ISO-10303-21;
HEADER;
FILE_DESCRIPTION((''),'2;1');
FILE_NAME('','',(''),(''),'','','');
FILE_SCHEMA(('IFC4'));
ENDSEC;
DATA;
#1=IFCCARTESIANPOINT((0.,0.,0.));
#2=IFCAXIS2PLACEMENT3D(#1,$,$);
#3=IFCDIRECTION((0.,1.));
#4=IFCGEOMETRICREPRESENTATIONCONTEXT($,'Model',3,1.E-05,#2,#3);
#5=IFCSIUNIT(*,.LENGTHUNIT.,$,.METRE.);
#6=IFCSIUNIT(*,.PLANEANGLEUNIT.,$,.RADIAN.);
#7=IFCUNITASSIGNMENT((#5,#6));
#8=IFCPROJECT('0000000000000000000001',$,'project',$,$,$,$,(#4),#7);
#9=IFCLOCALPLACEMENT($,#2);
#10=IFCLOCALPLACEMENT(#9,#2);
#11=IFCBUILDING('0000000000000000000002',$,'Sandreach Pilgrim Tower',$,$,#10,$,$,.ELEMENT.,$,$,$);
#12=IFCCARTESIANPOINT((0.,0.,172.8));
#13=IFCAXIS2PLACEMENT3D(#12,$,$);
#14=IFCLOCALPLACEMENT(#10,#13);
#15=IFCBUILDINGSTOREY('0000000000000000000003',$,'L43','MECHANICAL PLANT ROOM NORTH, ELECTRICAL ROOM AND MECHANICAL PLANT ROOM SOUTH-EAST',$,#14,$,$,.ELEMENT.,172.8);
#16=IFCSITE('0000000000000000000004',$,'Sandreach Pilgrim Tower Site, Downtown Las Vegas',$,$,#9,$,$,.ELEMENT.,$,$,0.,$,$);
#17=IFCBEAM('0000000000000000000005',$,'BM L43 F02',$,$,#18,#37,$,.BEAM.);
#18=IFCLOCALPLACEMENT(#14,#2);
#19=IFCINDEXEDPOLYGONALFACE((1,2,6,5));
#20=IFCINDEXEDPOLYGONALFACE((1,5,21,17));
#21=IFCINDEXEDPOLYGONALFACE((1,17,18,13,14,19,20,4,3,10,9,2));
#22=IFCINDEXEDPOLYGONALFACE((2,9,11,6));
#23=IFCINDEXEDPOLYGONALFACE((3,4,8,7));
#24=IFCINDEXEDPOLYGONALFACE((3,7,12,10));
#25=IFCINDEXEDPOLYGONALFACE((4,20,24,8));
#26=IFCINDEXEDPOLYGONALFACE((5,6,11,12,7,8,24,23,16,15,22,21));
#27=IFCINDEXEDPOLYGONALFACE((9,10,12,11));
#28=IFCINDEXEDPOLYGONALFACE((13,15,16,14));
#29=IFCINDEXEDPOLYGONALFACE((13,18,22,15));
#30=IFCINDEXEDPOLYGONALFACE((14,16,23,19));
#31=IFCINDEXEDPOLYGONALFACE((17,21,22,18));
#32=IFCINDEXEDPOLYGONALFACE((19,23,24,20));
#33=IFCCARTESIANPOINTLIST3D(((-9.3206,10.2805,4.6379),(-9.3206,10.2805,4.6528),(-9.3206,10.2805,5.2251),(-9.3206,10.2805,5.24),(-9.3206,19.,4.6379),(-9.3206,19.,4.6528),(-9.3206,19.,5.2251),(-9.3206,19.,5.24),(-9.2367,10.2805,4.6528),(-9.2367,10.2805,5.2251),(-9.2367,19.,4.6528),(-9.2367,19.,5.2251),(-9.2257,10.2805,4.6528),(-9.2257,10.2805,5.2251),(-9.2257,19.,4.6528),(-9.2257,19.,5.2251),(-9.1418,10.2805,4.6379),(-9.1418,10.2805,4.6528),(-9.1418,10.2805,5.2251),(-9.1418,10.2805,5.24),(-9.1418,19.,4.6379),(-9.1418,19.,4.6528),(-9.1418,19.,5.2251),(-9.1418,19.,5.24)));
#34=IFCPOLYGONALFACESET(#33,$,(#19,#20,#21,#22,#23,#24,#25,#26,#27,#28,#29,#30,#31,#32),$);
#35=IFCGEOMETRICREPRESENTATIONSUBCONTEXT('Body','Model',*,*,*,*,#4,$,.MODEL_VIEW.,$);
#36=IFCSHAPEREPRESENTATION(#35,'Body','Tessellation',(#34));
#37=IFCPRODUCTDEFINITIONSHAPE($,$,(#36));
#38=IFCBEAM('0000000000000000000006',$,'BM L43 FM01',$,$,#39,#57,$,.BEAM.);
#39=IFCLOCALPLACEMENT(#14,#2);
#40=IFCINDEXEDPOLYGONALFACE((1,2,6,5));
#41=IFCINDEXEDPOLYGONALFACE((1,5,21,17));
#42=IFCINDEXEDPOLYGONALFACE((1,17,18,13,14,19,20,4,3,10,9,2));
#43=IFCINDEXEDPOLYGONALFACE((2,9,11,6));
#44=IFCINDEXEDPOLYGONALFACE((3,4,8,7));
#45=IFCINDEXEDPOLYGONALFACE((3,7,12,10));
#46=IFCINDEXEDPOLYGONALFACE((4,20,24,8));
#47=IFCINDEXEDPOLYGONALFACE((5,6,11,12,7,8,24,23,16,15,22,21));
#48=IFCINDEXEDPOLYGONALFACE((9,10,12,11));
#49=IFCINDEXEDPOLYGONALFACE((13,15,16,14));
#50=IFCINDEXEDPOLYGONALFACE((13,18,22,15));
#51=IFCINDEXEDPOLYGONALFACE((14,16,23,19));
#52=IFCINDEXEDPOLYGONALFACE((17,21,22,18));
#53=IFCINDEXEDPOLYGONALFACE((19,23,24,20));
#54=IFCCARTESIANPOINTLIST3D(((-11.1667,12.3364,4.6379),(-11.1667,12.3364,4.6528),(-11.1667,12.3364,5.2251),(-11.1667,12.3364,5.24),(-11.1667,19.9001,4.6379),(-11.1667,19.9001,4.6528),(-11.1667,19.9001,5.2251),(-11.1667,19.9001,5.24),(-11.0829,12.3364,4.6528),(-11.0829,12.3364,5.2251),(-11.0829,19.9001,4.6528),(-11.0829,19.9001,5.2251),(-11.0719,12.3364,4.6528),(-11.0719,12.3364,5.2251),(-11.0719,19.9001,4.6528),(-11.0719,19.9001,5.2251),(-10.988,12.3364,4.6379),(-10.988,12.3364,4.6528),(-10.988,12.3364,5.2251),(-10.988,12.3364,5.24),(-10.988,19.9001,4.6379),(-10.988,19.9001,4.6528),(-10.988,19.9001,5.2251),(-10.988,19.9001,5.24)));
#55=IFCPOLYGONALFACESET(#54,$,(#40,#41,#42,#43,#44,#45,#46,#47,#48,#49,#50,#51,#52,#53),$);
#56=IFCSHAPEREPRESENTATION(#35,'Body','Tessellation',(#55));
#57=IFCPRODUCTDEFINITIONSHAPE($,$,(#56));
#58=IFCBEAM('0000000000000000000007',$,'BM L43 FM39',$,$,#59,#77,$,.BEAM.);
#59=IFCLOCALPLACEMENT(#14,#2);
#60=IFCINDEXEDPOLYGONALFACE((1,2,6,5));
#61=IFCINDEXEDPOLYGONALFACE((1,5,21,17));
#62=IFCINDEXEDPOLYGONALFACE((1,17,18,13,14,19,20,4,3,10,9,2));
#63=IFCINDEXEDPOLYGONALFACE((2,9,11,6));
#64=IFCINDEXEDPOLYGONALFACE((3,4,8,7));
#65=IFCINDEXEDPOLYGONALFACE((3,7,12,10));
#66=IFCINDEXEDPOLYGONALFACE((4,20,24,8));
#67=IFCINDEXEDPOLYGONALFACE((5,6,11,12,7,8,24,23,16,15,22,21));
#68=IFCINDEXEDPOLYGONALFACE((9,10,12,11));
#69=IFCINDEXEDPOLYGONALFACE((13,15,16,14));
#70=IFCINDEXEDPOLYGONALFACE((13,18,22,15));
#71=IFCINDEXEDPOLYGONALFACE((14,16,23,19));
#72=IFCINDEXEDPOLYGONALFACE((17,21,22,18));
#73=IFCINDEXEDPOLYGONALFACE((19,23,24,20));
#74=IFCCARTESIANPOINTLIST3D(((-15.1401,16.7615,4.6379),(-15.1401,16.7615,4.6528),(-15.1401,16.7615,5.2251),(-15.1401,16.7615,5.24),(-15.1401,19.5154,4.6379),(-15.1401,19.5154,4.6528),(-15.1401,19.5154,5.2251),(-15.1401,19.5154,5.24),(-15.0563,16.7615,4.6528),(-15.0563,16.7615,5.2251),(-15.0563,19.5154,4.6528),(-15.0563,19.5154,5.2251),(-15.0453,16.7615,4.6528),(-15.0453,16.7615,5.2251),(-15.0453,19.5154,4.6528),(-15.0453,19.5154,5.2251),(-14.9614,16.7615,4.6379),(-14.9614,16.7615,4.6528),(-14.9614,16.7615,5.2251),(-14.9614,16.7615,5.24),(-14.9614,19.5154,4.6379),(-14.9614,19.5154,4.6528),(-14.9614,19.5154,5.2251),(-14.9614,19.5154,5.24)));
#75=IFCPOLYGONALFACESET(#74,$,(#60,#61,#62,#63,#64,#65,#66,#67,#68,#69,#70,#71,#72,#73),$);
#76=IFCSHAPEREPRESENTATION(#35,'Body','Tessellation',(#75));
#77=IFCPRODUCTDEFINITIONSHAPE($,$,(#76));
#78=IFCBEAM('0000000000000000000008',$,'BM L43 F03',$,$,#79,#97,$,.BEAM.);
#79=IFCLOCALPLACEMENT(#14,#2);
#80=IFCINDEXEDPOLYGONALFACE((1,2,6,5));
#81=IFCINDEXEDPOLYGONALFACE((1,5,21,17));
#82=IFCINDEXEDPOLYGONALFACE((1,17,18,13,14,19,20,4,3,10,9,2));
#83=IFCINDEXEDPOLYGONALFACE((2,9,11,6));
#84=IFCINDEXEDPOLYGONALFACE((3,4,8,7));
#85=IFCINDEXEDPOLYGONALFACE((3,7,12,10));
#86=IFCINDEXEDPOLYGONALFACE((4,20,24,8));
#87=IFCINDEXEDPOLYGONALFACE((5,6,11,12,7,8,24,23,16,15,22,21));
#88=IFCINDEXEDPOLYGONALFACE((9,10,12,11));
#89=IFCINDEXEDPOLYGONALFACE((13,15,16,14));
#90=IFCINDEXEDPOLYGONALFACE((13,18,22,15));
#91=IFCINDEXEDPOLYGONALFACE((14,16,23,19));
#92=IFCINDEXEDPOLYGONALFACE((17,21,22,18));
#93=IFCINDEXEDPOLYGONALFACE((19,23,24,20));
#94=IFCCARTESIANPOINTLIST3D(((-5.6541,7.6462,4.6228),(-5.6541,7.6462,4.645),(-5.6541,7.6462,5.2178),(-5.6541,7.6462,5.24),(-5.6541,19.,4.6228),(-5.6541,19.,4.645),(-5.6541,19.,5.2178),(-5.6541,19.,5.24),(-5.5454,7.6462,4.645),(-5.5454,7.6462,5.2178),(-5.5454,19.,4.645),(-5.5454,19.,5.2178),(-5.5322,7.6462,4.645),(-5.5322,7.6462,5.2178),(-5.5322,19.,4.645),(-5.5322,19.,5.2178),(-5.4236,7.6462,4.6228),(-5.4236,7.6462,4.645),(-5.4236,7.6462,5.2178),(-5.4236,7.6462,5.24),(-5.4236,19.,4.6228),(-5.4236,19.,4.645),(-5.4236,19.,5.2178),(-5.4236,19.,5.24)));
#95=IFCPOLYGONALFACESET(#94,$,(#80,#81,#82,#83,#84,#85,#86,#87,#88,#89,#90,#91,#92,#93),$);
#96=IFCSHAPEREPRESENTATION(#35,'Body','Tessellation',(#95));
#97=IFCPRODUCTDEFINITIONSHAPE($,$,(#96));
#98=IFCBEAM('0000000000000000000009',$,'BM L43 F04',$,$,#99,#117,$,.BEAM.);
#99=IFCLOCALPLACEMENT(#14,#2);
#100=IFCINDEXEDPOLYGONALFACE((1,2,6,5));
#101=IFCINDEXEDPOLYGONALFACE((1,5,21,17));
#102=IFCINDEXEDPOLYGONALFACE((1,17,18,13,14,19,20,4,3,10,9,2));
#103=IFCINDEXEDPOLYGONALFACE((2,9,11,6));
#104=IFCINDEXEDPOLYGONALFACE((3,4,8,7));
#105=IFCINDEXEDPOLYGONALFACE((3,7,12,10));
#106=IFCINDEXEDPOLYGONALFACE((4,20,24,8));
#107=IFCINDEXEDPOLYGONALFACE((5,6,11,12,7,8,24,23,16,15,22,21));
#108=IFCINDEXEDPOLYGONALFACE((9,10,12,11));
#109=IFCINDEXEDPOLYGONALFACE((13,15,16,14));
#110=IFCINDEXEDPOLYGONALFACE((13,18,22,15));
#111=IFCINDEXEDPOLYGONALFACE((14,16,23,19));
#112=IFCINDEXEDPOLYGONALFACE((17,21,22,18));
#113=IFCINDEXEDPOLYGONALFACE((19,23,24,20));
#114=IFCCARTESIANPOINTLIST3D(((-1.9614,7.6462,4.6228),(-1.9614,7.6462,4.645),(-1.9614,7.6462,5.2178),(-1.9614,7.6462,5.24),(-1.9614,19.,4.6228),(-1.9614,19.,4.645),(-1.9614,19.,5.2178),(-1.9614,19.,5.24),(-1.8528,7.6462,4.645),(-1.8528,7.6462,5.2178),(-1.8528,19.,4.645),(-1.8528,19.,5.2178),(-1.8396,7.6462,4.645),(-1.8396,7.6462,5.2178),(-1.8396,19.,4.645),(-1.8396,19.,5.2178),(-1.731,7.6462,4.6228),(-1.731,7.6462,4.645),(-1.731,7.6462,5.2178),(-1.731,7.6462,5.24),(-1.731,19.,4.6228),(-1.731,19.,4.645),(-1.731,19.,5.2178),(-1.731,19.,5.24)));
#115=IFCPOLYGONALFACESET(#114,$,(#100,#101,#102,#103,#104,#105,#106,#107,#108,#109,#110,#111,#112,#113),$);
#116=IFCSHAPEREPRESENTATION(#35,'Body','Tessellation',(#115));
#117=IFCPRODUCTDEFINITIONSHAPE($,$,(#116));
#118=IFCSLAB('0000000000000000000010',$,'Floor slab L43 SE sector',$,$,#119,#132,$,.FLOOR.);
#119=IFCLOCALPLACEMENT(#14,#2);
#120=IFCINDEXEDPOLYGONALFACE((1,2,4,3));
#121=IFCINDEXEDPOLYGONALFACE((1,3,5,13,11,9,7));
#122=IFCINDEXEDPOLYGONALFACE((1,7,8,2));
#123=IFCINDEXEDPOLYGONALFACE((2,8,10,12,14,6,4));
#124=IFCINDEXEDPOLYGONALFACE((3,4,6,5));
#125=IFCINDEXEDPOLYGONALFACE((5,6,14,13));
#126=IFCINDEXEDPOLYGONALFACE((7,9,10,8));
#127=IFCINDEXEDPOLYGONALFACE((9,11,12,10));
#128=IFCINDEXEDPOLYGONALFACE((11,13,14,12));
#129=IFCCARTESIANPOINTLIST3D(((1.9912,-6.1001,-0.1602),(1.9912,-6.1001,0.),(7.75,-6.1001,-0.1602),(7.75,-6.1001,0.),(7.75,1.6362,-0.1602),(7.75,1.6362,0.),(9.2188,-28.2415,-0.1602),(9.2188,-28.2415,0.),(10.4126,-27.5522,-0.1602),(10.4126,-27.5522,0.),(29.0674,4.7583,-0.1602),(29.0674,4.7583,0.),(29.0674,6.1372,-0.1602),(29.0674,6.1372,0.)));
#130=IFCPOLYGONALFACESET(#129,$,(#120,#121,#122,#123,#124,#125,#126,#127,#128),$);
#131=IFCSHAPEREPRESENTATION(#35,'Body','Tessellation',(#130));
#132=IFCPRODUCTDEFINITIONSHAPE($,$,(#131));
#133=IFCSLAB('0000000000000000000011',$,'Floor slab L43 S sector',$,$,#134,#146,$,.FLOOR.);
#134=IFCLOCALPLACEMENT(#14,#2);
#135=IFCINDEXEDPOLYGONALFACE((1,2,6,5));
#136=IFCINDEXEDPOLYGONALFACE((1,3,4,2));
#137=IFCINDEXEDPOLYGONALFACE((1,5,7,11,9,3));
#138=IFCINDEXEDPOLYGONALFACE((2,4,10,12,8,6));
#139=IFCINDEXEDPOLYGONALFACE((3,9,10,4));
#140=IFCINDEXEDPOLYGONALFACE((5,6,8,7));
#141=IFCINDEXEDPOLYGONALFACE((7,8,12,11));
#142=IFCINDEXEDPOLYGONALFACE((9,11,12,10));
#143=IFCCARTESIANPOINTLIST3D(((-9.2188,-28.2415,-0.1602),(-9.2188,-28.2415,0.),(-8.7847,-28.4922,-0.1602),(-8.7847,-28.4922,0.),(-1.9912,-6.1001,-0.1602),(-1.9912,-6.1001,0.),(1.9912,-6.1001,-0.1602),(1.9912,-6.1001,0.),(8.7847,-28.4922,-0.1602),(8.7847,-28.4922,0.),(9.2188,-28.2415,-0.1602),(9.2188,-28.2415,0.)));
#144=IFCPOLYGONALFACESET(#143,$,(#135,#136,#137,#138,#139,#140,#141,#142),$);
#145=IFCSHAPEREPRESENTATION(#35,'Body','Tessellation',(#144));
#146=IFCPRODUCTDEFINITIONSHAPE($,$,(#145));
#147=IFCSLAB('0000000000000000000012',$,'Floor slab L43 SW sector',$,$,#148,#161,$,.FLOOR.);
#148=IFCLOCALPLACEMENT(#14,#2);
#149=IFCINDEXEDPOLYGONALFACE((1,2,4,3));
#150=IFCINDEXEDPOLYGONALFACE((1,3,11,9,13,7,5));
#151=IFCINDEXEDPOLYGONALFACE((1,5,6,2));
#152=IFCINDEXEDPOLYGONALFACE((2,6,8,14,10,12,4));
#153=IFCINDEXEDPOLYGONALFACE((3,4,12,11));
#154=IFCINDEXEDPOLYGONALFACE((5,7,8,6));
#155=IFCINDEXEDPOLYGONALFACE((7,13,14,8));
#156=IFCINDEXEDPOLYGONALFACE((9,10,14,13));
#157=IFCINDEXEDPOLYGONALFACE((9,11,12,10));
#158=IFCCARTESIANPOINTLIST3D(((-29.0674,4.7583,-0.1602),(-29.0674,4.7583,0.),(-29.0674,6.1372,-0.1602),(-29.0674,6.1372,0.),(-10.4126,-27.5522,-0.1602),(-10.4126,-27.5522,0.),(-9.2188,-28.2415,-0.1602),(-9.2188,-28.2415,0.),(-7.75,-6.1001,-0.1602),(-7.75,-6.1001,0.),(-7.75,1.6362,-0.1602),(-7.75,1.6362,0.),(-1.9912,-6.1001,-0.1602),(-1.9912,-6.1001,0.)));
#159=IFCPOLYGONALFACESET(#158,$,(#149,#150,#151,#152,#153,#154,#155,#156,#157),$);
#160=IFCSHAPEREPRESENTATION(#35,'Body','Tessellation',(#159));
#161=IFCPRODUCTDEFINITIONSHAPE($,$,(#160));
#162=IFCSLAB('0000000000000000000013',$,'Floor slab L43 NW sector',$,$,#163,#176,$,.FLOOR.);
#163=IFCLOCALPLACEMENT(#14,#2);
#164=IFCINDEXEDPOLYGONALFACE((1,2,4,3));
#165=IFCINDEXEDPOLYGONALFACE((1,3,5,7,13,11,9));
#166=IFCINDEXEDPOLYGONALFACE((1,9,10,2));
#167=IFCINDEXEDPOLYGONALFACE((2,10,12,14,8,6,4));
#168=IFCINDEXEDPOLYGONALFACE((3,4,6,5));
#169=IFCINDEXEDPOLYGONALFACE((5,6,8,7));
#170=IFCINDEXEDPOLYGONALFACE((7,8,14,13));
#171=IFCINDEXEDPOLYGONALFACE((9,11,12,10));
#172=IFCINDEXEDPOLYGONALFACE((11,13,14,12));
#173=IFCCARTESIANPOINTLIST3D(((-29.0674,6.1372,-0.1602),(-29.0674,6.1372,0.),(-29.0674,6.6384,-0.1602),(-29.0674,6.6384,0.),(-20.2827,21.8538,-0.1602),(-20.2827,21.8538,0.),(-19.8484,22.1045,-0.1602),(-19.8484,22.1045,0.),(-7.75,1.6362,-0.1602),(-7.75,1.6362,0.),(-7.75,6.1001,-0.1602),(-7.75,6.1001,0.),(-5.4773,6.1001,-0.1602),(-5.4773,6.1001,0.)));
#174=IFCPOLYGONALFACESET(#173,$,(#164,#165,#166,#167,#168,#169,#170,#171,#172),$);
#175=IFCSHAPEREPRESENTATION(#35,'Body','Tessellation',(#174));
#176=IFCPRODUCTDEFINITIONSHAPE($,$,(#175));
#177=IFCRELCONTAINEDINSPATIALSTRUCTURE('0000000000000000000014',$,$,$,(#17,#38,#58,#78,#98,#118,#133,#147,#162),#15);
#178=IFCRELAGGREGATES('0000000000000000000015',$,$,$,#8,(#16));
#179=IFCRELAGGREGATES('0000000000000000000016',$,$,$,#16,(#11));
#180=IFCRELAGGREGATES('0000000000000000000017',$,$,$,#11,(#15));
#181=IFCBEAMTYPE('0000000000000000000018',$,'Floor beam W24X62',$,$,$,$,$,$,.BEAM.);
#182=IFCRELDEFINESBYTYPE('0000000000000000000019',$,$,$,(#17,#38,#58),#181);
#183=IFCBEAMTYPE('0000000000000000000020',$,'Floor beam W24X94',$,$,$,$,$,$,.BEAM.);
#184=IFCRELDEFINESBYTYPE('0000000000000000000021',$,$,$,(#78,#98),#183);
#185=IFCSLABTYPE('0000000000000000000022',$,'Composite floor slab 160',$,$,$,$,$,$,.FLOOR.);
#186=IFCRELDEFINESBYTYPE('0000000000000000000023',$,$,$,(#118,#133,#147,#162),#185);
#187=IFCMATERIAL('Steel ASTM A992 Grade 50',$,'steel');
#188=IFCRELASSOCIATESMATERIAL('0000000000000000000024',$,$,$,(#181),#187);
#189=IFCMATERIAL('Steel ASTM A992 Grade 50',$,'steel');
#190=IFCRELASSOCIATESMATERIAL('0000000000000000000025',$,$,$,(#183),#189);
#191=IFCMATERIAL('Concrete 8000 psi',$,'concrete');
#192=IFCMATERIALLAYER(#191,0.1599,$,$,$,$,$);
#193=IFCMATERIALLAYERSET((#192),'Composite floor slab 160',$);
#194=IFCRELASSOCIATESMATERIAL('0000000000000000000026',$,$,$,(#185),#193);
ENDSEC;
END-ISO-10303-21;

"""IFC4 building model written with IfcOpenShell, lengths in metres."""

from ifc_helpers import new_model, si_unit, direction, frame, origin, origin_2d, place, context, subcontext, project, spatial, polyline, i_section, outline, extrude, material, layer, layer_set, material_profile, profile_set, type_object, element, save


model = new_model("IFC4")

# Units and contexts
model_context = context("Model", 3, precision=1e-05, world=origin(), true_north=direction((0.0, 1.0)))
body_context = subcontext(model_context, "Body", "Model", "MODEL_VIEW")
ifc_project = project(units=[si_unit("LENGTHUNIT", "METRE"), si_unit("PLANEANGLEUNIT", "RADIAN")], contexts=[model_context])

# Site, building, storey
site_placement = place(None, origin())
site = spatial("IfcSite", under=ifc_project, at=site_placement, Name="Sandreach Pilgrim Tower Site, Downtown Las Vegas", CompositionType="ELEMENT", RefElevation=0.0)
building_placement = place(site_placement, origin())
building = spatial("IfcBuilding", under=site, at=building_placement, Name="Sandreach Pilgrim Tower", CompositionType="ELEMENT")
storey_placement = place(building_placement, frame((0.0, 0.0, 172.8)))
storey = spatial("IfcBuildingStorey", under=building, at=storey_placement, Name="L43", Description="MECHANICAL PLANT ROOM NORTH, ELECTRICAL ROOM AND MECHANICAL PLANT ROOM SOUTH-EAST", CompositionType="ELEMENT", Elevation=172.8)

# Beams
ifc_material_1 = material(Name="Steel ASTM A992 Grade 50", Category="steel")
ifc_material_profile_1 = material_profile(ifc_material_1, i_section(OverallWidth=0.1787, OverallDepth=0.6021, WebThickness=0.011, FlangeThickness=0.0149, at=origin_2d()), Name="W24X62")
ifc_profile_set_1 = profile_set([ifc_material_profile_1], Name="Steel ASTM A992 Grade 50")
beam_type_1 = type_object("IfcBeamType", Name="Floor beam W24X62", PredefinedType="BEAM", material=ifc_profile_set_1)
beam_1_placement = place(storey_placement, frame((-9.2312, 19.0, 4.939), z_axis=(0.0, -1.0, 0.0), x_axis=(1.0, 0.0, 0.0)))
element("IfcBeam", 1, at=beam_1_placement, inside=storey, type_object=beam_type_1, Name="BM L43 F02", PredefinedType="BEAM", context=body_context, shape_type="SweptSolid", body=[
    extrude(i_section(OverallWidth=0.1787, OverallDepth=0.6021, WebThickness=0.011, FlangeThickness=0.0149, at=origin_2d()), origin(), (0.0, 0.0, 1.0), 8.7195),
])
beam_2_placement = place(storey_placement, frame((-11.0774, 19.9001, 4.939), z_axis=(0.0, -1.0, 0.0), x_axis=(1.0, 0.0, 0.0)))
element("IfcBeam", 2, at=beam_2_placement, inside=storey, type_object=beam_type_1, Name="BM L43 FM01", PredefinedType="BEAM", context=body_context, shape_type="SweptSolid", body=[
    extrude(i_section(OverallWidth=0.1787, OverallDepth=0.6021, WebThickness=0.011, FlangeThickness=0.0149, at=origin_2d()), origin(), (0.0, 0.0, 1.0), 7.5637),
])
beam_3_placement = place(storey_placement, frame((-15.0508, 19.5154, 4.939), z_axis=(0.0, -1.0, 0.0), x_axis=(1.0, 0.0, 0.0)))
element("IfcBeam", 3, at=beam_3_placement, inside=storey, type_object=beam_type_1, Name="BM L43 FM39", PredefinedType="BEAM", context=body_context, shape_type="SweptSolid", body=[
    extrude(i_section(OverallWidth=0.1787, OverallDepth=0.6021, WebThickness=0.011, FlangeThickness=0.0149, at=origin_2d()), origin(), (0.0, 0.0, 1.0), 2.7539),
])
ifc_material_2 = material(Name="Steel ASTM A992 Grade 50", Category="steel")
ifc_material_profile_2 = material_profile(ifc_material_2, i_section(OverallWidth=0.2305, OverallDepth=0.6172, WebThickness=0.0132, FlangeThickness=0.0222, at=origin_2d()), Name="W24X94")
ifc_profile_set_2 = profile_set([ifc_material_profile_2], Name="Steel ASTM A992 Grade 50")
beam_type_2 = type_object("IfcBeamType", Name="Floor beam W24X94", PredefinedType="BEAM", material=ifc_profile_set_2)
for number, where, z_axis, x_axis, name in (
    (4, (-5.5388, 19.0, 4.9314), (0.0, -1.0, 0.0), (1.0, 0.0, 0.0), "BM L43 F03"),
    (5, (-1.8462, 19.0, 4.9314), (0.0, -1.0, 0.0), (1.0, 0.0, 0.0), "BM L43 F04"),
):
    element("IfcBeam", number, at=place(storey_placement, frame(where, z_axis=z_axis, x_axis=x_axis)), inside=storey, type_object=beam_type_2, Name=name, PredefinedType="BEAM", context=body_context, shape_type="SweptSolid", body=[
        extrude(i_section(OverallWidth=0.2305, OverallDepth=0.6172, WebThickness=0.0132, FlangeThickness=0.0222, at=origin_2d()), origin(), (0.0, 0.0, 1.0), 11.3538),
    ])

# Slabs
ifc_material_3 = material(Name="Concrete 8000 psi", Category="concrete")
ifc_layer_1 = layer(ifc_material_3, 0.1599)
ifc_layer_set_1 = layer_set([ifc_layer_1], Name="Composite floor slab 160")
slab_type = type_object("IfcSlabType", Name="Composite floor slab 160", PredefinedType="FLOOR", material=ifc_layer_set_1)
slab_1_placement = place(storey_placement, frame((0.0, 0.0, -0.1602)))
element("IfcSlab", 6, at=slab_1_placement, inside=storey, type_object=slab_type, Name="Floor slab L43 SE sector", PredefinedType="FLOOR", context=body_context, shape_type="SweptSolid", body=[
    extrude(outline(polyline([(29.0674, 4.7583), (10.4126, -27.5522), (9.2188, -28.2415), (1.9912, -6.1001), (7.75, -6.1001), (7.75, 1.6362), (29.0674, 6.1372), (29.0674, 4.7583)])), origin(), (0.0, 0.0, 1.0), 0.1602),
])
slab_2_placement = place(storey_placement, frame((0.0, 0.0, -0.1602)))
element("IfcSlab", 7, at=slab_2_placement, inside=storey, type_object=slab_type, Name="Floor slab L43 S sector", PredefinedType="FLOOR", context=body_context, shape_type="SweptSolid", body=[
    extrude(outline(polyline([(8.7847, -28.4922), (-8.7847, -28.4922), (-9.2188, -28.2415), (-1.9912, -6.1001), (1.9912, -6.1001), (9.2188, -28.2415), (8.7847, -28.4922)])), origin(), (0.0, 0.0, 1.0), 0.1602),
])
slab_3_placement = place(storey_placement, frame((0.0, 0.0, -0.1602)))
element("IfcSlab", 8, at=slab_3_placement, inside=storey, type_object=slab_type, Name="Floor slab L43 SW sector", PredefinedType="FLOOR", context=body_context, shape_type="SweptSolid", body=[
    extrude(outline(polyline([(-10.4126, -27.5522), (-29.0674, 4.7583), (-29.0674, 6.1372), (-7.75, 1.6362), (-7.75, -6.1001), (-1.9912, -6.1001), (-9.2188, -28.2415), (-10.4126, -27.5522)])), origin(), (0.0, 0.0, 1.0), 0.1602),
])
slab_4_placement = place(storey_placement, frame((0.0, 0.0, -0.1602)))
element("IfcSlab", 9, at=slab_4_placement, inside=storey, type_object=slab_type, Name="Floor slab L43 NW sector", PredefinedType="FLOOR", context=body_context, shape_type="SweptSolid", body=[
    extrude(outline(polyline([(-29.0674, 6.6384), (-20.2827, 21.8538), (-19.8484, 22.1045), (-5.4773, 6.1001), (-7.75, 6.1001), (-7.75, 1.6362), (-29.0674, 6.1372), (-29.0674, 6.6384)])), origin(), (0.0, 0.0, 1.0), 0.1602),
])

save(model, "model.ifc")
